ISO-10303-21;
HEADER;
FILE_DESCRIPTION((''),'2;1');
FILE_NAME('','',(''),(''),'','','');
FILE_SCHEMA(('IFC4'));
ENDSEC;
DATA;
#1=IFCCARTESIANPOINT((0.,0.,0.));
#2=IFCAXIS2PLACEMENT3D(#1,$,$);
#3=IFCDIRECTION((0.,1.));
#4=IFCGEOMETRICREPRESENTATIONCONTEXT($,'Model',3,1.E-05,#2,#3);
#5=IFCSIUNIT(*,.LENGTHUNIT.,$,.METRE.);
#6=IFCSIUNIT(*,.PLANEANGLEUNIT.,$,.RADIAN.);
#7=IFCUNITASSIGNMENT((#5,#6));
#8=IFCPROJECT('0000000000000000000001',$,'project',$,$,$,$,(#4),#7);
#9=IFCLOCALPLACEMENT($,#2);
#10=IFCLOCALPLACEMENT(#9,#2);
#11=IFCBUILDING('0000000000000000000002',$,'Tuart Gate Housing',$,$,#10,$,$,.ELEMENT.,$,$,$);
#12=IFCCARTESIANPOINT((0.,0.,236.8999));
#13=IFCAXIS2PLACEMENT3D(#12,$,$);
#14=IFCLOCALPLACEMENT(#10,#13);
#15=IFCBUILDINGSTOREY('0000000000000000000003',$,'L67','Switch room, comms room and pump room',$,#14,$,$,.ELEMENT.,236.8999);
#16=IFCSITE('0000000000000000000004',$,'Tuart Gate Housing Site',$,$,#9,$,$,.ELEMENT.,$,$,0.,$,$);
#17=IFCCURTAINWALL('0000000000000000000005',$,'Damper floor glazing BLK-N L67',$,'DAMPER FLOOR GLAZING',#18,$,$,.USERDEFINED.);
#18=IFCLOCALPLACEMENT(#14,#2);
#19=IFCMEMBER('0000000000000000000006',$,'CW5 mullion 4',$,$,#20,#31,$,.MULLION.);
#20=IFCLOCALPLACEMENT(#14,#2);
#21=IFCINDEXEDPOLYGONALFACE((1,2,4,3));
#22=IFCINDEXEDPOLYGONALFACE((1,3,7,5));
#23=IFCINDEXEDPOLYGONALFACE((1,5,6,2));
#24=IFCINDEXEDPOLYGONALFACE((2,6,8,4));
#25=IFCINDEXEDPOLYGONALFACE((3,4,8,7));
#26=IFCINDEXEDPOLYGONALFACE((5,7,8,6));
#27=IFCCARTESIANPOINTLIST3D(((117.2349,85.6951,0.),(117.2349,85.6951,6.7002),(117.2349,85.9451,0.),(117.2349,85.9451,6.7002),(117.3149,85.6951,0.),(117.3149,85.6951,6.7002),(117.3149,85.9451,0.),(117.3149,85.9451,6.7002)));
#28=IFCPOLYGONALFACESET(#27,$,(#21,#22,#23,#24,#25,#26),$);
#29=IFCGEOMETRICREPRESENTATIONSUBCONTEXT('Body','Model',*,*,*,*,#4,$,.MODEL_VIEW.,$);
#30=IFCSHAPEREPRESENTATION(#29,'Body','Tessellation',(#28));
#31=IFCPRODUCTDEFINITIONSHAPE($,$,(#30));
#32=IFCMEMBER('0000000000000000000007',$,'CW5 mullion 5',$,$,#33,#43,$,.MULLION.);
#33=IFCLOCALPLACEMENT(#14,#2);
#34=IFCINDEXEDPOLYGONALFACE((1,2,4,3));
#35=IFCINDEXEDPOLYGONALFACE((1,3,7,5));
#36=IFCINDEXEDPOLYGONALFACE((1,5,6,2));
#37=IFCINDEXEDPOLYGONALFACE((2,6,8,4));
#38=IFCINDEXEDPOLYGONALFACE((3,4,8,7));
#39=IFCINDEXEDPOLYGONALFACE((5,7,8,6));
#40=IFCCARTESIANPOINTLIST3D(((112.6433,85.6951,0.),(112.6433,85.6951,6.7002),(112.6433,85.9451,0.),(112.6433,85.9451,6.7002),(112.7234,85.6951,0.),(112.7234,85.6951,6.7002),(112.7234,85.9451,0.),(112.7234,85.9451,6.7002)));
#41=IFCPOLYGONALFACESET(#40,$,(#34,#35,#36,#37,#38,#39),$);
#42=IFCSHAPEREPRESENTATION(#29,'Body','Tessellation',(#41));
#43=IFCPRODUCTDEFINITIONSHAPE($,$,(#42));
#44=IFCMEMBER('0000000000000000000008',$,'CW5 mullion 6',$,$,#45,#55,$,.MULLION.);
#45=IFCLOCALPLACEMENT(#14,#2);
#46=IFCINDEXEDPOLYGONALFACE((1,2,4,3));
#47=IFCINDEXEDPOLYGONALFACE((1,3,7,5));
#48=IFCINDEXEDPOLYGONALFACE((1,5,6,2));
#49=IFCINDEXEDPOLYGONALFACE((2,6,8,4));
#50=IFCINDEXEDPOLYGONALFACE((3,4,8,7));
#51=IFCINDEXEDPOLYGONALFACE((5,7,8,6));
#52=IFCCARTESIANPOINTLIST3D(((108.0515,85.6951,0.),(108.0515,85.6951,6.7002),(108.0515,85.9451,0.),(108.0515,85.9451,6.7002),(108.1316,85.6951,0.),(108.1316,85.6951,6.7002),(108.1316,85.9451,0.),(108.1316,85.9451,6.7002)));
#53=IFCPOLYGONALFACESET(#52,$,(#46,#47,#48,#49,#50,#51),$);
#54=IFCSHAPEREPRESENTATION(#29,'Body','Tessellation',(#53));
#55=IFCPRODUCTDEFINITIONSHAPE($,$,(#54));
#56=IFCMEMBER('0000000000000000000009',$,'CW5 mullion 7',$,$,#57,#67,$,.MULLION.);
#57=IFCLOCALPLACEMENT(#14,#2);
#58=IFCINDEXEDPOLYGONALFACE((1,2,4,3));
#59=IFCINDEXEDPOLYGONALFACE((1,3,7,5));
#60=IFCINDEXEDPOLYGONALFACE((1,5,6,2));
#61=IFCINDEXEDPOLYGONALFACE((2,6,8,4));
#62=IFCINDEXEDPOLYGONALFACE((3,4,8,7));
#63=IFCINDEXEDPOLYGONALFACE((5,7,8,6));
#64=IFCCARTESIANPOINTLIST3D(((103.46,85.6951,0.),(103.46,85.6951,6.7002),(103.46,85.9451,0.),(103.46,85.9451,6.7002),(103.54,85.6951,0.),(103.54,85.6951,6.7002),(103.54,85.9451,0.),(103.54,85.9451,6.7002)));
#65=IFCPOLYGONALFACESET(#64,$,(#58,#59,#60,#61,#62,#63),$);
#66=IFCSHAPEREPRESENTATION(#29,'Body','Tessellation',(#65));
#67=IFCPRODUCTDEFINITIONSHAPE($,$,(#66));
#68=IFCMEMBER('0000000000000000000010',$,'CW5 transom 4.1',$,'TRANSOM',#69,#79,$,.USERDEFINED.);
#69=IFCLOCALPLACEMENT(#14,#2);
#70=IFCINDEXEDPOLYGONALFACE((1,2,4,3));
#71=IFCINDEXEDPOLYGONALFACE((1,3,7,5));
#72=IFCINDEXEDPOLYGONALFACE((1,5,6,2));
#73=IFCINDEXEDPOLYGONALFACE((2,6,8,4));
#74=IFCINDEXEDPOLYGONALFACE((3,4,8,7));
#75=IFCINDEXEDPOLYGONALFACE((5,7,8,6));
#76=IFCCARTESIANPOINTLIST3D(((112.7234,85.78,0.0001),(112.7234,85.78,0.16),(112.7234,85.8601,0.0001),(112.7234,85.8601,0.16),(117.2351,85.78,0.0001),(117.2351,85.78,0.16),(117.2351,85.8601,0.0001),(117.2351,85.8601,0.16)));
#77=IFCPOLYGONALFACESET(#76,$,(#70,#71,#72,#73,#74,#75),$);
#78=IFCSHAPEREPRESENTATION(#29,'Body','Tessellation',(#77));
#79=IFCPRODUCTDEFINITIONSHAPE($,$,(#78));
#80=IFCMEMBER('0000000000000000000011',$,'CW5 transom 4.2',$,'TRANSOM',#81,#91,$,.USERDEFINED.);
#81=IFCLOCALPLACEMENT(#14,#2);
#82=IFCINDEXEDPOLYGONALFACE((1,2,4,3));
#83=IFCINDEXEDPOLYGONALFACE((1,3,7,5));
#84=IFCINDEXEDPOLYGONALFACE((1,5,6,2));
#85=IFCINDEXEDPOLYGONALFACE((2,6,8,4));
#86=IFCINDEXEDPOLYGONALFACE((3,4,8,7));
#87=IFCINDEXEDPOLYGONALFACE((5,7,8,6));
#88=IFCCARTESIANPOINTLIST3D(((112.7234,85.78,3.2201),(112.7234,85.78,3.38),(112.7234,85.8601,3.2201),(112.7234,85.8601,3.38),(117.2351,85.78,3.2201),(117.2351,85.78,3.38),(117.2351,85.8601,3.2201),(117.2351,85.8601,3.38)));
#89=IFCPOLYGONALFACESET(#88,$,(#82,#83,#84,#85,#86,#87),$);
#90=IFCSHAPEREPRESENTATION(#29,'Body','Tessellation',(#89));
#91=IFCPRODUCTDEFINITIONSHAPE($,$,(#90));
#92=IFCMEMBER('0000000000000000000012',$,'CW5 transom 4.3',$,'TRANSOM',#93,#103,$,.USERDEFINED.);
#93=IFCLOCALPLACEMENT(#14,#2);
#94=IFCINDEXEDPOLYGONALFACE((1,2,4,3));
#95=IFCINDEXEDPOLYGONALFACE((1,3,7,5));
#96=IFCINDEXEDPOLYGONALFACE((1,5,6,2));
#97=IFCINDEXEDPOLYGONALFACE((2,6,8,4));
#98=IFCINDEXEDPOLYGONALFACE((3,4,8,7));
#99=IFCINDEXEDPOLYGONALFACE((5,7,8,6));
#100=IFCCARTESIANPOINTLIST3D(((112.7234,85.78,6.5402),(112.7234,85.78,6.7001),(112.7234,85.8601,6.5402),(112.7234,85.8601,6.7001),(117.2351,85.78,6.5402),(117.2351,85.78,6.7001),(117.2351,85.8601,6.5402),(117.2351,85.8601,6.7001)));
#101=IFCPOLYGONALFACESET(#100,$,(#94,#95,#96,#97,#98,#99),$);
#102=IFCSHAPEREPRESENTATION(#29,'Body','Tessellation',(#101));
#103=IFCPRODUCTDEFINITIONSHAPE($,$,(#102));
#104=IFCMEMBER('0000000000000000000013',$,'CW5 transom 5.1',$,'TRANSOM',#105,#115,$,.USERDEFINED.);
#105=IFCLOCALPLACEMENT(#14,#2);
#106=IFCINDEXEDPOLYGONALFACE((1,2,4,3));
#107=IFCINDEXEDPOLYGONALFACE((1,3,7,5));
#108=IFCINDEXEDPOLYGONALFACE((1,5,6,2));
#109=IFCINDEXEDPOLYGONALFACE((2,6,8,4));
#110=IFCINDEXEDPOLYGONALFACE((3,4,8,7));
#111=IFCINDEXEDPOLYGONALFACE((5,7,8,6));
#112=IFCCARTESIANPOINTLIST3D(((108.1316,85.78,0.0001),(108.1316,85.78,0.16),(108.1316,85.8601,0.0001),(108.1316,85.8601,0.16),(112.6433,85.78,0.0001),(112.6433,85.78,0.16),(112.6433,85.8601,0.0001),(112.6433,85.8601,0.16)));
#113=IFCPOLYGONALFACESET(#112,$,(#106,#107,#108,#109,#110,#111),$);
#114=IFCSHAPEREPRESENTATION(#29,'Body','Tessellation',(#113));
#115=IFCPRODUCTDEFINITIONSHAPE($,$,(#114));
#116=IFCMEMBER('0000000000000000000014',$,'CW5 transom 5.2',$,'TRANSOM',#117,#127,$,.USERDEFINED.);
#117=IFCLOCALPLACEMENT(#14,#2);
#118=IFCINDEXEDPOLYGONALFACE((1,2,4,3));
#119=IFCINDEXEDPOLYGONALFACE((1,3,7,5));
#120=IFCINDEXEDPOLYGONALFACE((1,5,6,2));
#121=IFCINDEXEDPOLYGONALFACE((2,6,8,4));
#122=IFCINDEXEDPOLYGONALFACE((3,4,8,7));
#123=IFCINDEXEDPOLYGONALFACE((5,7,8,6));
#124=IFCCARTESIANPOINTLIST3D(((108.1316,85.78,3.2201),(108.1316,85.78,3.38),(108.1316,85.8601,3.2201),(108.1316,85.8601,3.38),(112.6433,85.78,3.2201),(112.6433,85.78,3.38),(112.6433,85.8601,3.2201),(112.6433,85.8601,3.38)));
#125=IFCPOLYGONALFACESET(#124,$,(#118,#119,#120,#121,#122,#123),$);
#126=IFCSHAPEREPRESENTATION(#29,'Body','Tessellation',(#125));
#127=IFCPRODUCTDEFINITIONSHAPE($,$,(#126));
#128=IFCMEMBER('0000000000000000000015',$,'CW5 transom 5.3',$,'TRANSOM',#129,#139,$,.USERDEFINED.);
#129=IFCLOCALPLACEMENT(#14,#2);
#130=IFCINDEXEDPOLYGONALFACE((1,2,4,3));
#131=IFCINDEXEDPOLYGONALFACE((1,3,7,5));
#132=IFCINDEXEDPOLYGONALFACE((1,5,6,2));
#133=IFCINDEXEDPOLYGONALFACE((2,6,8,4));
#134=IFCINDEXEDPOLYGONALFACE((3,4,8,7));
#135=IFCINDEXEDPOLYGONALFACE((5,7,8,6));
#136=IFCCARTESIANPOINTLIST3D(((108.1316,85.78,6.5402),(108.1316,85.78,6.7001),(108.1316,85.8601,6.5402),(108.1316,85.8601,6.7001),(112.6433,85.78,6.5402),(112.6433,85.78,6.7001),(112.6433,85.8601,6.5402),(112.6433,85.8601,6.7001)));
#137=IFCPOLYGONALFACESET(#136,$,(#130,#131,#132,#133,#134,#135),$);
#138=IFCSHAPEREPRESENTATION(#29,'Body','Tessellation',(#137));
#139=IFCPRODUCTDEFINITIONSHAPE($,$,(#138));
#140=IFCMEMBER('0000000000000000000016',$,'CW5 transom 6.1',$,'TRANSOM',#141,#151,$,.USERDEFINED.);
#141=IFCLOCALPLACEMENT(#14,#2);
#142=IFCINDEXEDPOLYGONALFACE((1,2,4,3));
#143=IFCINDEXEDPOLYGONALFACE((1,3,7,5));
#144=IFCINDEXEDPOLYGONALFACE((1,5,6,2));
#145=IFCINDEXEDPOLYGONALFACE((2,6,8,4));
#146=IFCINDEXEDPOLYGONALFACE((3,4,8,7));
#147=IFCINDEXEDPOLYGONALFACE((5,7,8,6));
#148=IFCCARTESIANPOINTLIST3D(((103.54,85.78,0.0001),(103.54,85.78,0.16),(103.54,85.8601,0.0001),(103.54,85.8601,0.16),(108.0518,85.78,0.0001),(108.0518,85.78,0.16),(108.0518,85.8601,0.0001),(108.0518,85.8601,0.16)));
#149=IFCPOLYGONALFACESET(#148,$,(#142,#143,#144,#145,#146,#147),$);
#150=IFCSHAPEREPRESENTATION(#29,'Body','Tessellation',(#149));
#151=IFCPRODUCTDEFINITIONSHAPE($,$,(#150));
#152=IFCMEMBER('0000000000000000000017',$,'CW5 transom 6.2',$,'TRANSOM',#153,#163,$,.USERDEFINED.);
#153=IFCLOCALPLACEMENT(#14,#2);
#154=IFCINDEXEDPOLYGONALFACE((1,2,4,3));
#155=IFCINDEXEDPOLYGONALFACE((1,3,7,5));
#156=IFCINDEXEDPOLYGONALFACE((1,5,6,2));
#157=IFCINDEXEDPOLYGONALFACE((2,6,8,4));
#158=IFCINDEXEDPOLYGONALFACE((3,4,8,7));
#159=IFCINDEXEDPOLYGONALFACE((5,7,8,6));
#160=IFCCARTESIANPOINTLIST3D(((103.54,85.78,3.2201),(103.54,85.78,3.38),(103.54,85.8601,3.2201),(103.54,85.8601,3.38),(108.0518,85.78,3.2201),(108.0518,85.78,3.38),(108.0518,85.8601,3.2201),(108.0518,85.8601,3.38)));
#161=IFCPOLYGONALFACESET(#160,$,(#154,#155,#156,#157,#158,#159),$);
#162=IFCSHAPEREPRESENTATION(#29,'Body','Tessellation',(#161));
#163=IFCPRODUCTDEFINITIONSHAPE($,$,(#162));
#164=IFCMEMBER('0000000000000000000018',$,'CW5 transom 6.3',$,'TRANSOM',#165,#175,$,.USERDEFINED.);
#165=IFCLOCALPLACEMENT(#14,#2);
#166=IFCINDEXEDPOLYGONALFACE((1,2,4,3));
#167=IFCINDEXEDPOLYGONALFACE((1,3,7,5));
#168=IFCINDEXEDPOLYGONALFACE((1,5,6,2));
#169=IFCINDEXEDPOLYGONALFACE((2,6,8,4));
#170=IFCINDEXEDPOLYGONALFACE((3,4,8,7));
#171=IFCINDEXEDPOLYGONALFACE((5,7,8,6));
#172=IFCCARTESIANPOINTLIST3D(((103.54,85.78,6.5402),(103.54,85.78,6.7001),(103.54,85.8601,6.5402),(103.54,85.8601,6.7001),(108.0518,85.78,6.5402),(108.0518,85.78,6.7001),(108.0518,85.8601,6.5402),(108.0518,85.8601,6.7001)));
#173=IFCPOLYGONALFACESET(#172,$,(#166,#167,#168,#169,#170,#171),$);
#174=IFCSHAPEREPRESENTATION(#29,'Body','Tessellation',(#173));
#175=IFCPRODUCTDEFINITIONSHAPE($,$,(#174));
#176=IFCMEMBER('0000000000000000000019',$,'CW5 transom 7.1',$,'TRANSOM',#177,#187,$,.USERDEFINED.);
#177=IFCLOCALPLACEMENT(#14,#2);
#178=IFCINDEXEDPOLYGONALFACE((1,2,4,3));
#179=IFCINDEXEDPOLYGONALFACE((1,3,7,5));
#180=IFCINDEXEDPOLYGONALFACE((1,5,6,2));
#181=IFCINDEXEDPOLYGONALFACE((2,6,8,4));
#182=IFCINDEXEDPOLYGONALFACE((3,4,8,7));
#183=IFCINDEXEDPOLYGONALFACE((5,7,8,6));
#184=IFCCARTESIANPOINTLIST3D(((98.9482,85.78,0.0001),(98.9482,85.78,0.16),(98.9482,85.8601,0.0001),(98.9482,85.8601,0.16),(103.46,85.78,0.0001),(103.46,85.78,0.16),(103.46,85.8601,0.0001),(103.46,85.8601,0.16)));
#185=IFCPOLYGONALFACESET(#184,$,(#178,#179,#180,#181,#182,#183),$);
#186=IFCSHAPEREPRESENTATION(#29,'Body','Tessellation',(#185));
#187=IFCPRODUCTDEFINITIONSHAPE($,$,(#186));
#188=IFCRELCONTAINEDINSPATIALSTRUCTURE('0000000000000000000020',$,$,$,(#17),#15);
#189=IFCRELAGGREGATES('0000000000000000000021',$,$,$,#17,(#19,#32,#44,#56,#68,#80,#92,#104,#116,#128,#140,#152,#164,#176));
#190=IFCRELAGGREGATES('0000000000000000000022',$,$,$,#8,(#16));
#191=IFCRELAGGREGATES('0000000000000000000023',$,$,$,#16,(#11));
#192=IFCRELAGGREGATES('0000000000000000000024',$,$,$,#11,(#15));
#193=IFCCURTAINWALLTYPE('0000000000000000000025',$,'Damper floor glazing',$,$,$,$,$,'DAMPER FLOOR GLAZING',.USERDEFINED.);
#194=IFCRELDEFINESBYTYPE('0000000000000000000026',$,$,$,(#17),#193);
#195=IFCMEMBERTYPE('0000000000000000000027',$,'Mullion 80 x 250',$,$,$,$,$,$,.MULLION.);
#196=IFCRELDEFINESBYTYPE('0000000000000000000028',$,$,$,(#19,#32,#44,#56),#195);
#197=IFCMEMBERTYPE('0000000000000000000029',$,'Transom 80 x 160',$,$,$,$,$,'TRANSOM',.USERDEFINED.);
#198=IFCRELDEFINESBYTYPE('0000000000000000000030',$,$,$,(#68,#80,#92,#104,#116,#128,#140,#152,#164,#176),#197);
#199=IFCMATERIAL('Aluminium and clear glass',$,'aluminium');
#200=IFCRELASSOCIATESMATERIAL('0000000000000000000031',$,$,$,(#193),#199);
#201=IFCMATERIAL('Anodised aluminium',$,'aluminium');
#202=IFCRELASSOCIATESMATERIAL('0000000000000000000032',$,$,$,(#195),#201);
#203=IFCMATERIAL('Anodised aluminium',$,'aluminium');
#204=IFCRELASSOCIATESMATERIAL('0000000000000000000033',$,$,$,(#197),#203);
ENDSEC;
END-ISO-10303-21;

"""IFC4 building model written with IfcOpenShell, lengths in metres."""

from ifc_helpers import new_model, si_unit, direction, frame, origin, origin_2d, place, context, subcontext, project, spatial, rectangle, extrude, material, material_profile, profile_set, type_object, element, aggregate, save


model = new_model("IFC4")

# Units and contexts
model_context = context("Model", 3, precision=1e-05, world=origin(), true_north=direction((0.0, 1.0)))
body_context = subcontext(model_context, "Body", "Model", "MODEL_VIEW")
ifc_project = project(units=[si_unit("LENGTHUNIT", "METRE"), si_unit("PLANEANGLEUNIT", "RADIAN")], contexts=[model_context])

# Site, building, storey
site_placement = place(None, origin())
site = spatial("IfcSite", under=ifc_project, at=site_placement, Name="Tuart Gate Housing Site", CompositionType="ELEMENT", RefElevation=0.0)
building_placement = place(site_placement, origin())
building = spatial("IfcBuilding", under=site, at=building_placement, Name="Tuart Gate Housing", CompositionType="ELEMENT")
storey_placement = place(building_placement, frame((0.0, 0.0, 236.8999)))
storey = spatial("IfcBuildingStorey", under=building, at=storey_placement, Name="L67", Description="Switch room, comms room and pump room", CompositionType="ELEMENT", Elevation=236.8999)

# Curtain wall, members
ifc_material_1 = material(Name="Aluminium and clear glass", Category="aluminium")
curtain_wall_type = type_object("IfcCurtainWallType", Name="Damper floor glazing", ElementType="DAMPER FLOOR GLAZING", PredefinedType="USERDEFINED", material=ifc_material_1)
curtain_wall_placement = place(storey_placement, origin())
curtain_wall = element("IfcCurtainWall", 1, at=curtain_wall_placement, inside=storey, type_object=curtain_wall_type, Name="Damper floor glazing BLK-N L67", ObjectType="DAMPER FLOOR GLAZING", PredefinedType="USERDEFINED")
ifc_material_2 = material(Name="Anodised aluminium", Category="aluminium")
ifc_material_profile_1 = material_profile(ifc_material_2, rectangle(XDim=0.0801, YDim=0.25, at=origin_2d()), Name="80x250")
ifc_profile_set_1 = profile_set([ifc_material_profile_1], Name="Anodised aluminium")
member_type_1 = type_object("IfcMemberType", Name="Mullion 80 x 250", PredefinedType="MULLION", material=ifc_profile_set_1)
member_1_placement = place(storey_placement, frame((117.2749, 85.8201, 0.0), z_axis=(0.0, 0.0, 1.0), x_axis=(-1.0, 0.0, 0.0)))
member_1 = element("IfcMember", 2, at=member_1_placement, type_object=member_type_1, Name="CW5 mullion 4", PredefinedType="MULLION", context=body_context, shape_type="SweptSolid", body=[
    extrude(rectangle(XDim=0.0801, YDim=0.25, at=origin_2d()), origin(), (0.0, 0.0, 1.0), 6.7002),
])
member_2_placement = place(storey_placement, frame((112.6833, 85.8201, 0.0), z_axis=(0.0, 0.0, 1.0), x_axis=(-1.0, 0.0, 0.0)))
member_2 = element("IfcMember", 3, at=member_2_placement, type_object=member_type_1, Name="CW5 mullion 5", PredefinedType="MULLION", context=body_context, shape_type="SweptSolid", body=[
    extrude(rectangle(XDim=0.0801, YDim=0.25, at=origin_2d()), origin(), (0.0, 0.0, 1.0), 6.7002),
])
member_3_placement = place(storey_placement, frame((108.0916, 85.8201, 0.0), z_axis=(0.0, 0.0, 1.0), x_axis=(-1.0, 0.0, 0.0)))
member_3 = element("IfcMember", 4, at=member_3_placement, type_object=member_type_1, Name="CW5 mullion 6", PredefinedType="MULLION", context=body_context, shape_type="SweptSolid", body=[
    extrude(rectangle(XDim=0.0801, YDim=0.25, at=origin_2d()), origin(), (0.0, 0.0, 1.0), 6.7002),
])
member_4_placement = place(storey_placement, frame((103.5, 85.8201, 0.0), z_axis=(0.0, 0.0, 1.0), x_axis=(-1.0, 0.0, 0.0)))
member_4 = element("IfcMember", 5, at=member_4_placement, type_object=member_type_1, Name="CW5 mullion 7", PredefinedType="MULLION", context=body_context, shape_type="SweptSolid", body=[
    extrude(rectangle(XDim=0.0801, YDim=0.25, at=origin_2d()), origin(), (0.0, 0.0, 1.0), 6.7002),
])
ifc_material_3 = material(Name="Anodised aluminium", Category="aluminium")
ifc_material_profile_2 = material_profile(ifc_material_3, rectangle(XDim=0.0801, YDim=0.1599, at=origin_2d()), Name="80x160")
ifc_profile_set_2 = profile_set([ifc_material_profile_2], Name="Anodised aluminium")
member_type_2 = type_object("IfcMemberType", Name="Transom 80 x 160", ElementType="TRANSOM", PredefinedType="USERDEFINED", material=ifc_profile_set_2)
member_5_placement = place(storey_placement, frame((117.2351, 85.8201, 0.0801), z_axis=(-1.0, 0.0, 0.0), x_axis=(0.0, -1.0, 0.0)))
member_5 = element("IfcMember", 6, at=member_5_placement, type_object=member_type_2, Name="CW5 transom 4.1", ObjectType="TRANSOM", PredefinedType="USERDEFINED", context=body_context, shape_type="SweptSolid", body=[
    extrude(rectangle(XDim=0.0801, YDim=0.1599, at=origin_2d()), origin(), (0.0, 0.0, 1.0), 4.5117),
])
member_6_placement = place(storey_placement, frame((117.2351, 85.8201, 3.3), z_axis=(-1.0, 0.0, 0.0), x_axis=(0.0, -1.0, 0.0)))
member_6 = element("IfcMember", 7, at=member_6_placement, type_object=member_type_2, Name="CW5 transom 4.2", ObjectType="TRANSOM", PredefinedType="USERDEFINED", context=body_context, shape_type="SweptSolid", body=[
    extrude(rectangle(XDim=0.0801, YDim=0.1599, at=origin_2d()), origin(), (0.0, 0.0, 1.0), 4.5117),
])
member_7_placement = place(storey_placement, frame((117.2351, 85.8201, 6.6201), z_axis=(-1.0, 0.0, 0.0), x_axis=(0.0, -1.0, 0.0)))
member_7 = element("IfcMember", 8, at=member_7_placement, type_object=member_type_2, Name="CW5 transom 4.3", ObjectType="TRANSOM", PredefinedType="USERDEFINED", context=body_context, shape_type="SweptSolid", body=[
    extrude(rectangle(XDim=0.0801, YDim=0.1599, at=origin_2d()), origin(), (0.0, 0.0, 1.0), 4.5117),
])
member_8_placement = place(storey_placement, frame((112.6433, 85.8201, 0.0801), z_axis=(-1.0, 0.0, 0.0), x_axis=(0.0, -1.0, 0.0)))
member_8 = element("IfcMember", 9, at=member_8_placement, type_object=member_type_2, Name="CW5 transom 5.1", ObjectType="TRANSOM", PredefinedType="USERDEFINED", context=body_context, shape_type="SweptSolid", body=[
    extrude(rectangle(XDim=0.0801, YDim=0.1599, at=origin_2d()), origin(), (0.0, 0.0, 1.0), 4.5117),
])
member_9_placement = place(storey_placement, frame((112.6433, 85.8201, 3.3), z_axis=(-1.0, 0.0, 0.0), x_axis=(0.0, -1.0, 0.0)))
member_9 = element("IfcMember", 10, at=member_9_placement, type_object=member_type_2, Name="CW5 transom 5.2", ObjectType="TRANSOM", PredefinedType="USERDEFINED", context=body_context, shape_type="SweptSolid", body=[
    extrude(rectangle(XDim=0.0801, YDim=0.1599, at=origin_2d()), origin(), (0.0, 0.0, 1.0), 4.5117),
])
member_10_placement = place(storey_placement, frame((112.6433, 85.8201, 6.6201), z_axis=(-1.0, 0.0, 0.0), x_axis=(0.0, -1.0, 0.0)))
member_10 = element("IfcMember", 11, at=member_10_placement, type_object=member_type_2, Name="CW5 transom 5.3", ObjectType="TRANSOM", PredefinedType="USERDEFINED", context=body_context, shape_type="SweptSolid", body=[
    extrude(rectangle(XDim=0.0801, YDim=0.1599, at=origin_2d()), origin(), (0.0, 0.0, 1.0), 4.5117),
])
member_11_placement = place(storey_placement, frame((108.0518, 85.8201, 0.0801), z_axis=(-1.0, 0.0, 0.0), x_axis=(0.0, -1.0, 0.0)))
member_11 = element("IfcMember", 12, at=member_11_placement, type_object=member_type_2, Name="CW5 transom 6.1", ObjectType="TRANSOM", PredefinedType="USERDEFINED", context=body_context, shape_type="SweptSolid", body=[
    extrude(rectangle(XDim=0.0801, YDim=0.1599, at=origin_2d()), origin(), (0.0, 0.0, 1.0), 4.5117),
])
member_12_placement = place(storey_placement, frame((108.0518, 85.8201, 3.3), z_axis=(-1.0, 0.0, 0.0), x_axis=(0.0, -1.0, 0.0)))
member_12 = element("IfcMember", 13, at=member_12_placement, type_object=member_type_2, Name="CW5 transom 6.2", ObjectType="TRANSOM", PredefinedType="USERDEFINED", context=body_context, shape_type="SweptSolid", body=[
    extrude(rectangle(XDim=0.0801, YDim=0.1599, at=origin_2d()), origin(), (0.0, 0.0, 1.0), 4.5117),
])
member_13_placement = place(storey_placement, frame((108.0518, 85.8201, 6.6201), z_axis=(-1.0, 0.0, 0.0), x_axis=(0.0, -1.0, 0.0)))
member_13 = element("IfcMember", 14, at=member_13_placement, type_object=member_type_2, Name="CW5 transom 6.3", ObjectType="TRANSOM", PredefinedType="USERDEFINED", context=body_context, shape_type="SweptSolid", body=[
    extrude(rectangle(XDim=0.0801, YDim=0.1599, at=origin_2d()), origin(), (0.0, 0.0, 1.0), 4.5117),
])
member_14_placement = place(storey_placement, frame((103.46, 85.8201, 0.0801), z_axis=(-1.0, 0.0, 0.0), x_axis=(0.0, -1.0, 0.0)))
member_14 = element("IfcMember", 15, at=member_14_placement, type_object=member_type_2, Name="CW5 transom 7.1", ObjectType="TRANSOM", PredefinedType="USERDEFINED", context=body_context, shape_type="SweptSolid", body=[
    extrude(rectangle(XDim=0.0801, YDim=0.1599, at=origin_2d()), origin(), (0.0, 0.0, 1.0), 4.5117),
])
aggregate(curtain_wall, [member_1, member_2, member_3, member_4, member_5, member_6, member_7, member_8, member_9, member_10, member_11, member_12, member_13, member_14])

save(model, "model.ifc")
